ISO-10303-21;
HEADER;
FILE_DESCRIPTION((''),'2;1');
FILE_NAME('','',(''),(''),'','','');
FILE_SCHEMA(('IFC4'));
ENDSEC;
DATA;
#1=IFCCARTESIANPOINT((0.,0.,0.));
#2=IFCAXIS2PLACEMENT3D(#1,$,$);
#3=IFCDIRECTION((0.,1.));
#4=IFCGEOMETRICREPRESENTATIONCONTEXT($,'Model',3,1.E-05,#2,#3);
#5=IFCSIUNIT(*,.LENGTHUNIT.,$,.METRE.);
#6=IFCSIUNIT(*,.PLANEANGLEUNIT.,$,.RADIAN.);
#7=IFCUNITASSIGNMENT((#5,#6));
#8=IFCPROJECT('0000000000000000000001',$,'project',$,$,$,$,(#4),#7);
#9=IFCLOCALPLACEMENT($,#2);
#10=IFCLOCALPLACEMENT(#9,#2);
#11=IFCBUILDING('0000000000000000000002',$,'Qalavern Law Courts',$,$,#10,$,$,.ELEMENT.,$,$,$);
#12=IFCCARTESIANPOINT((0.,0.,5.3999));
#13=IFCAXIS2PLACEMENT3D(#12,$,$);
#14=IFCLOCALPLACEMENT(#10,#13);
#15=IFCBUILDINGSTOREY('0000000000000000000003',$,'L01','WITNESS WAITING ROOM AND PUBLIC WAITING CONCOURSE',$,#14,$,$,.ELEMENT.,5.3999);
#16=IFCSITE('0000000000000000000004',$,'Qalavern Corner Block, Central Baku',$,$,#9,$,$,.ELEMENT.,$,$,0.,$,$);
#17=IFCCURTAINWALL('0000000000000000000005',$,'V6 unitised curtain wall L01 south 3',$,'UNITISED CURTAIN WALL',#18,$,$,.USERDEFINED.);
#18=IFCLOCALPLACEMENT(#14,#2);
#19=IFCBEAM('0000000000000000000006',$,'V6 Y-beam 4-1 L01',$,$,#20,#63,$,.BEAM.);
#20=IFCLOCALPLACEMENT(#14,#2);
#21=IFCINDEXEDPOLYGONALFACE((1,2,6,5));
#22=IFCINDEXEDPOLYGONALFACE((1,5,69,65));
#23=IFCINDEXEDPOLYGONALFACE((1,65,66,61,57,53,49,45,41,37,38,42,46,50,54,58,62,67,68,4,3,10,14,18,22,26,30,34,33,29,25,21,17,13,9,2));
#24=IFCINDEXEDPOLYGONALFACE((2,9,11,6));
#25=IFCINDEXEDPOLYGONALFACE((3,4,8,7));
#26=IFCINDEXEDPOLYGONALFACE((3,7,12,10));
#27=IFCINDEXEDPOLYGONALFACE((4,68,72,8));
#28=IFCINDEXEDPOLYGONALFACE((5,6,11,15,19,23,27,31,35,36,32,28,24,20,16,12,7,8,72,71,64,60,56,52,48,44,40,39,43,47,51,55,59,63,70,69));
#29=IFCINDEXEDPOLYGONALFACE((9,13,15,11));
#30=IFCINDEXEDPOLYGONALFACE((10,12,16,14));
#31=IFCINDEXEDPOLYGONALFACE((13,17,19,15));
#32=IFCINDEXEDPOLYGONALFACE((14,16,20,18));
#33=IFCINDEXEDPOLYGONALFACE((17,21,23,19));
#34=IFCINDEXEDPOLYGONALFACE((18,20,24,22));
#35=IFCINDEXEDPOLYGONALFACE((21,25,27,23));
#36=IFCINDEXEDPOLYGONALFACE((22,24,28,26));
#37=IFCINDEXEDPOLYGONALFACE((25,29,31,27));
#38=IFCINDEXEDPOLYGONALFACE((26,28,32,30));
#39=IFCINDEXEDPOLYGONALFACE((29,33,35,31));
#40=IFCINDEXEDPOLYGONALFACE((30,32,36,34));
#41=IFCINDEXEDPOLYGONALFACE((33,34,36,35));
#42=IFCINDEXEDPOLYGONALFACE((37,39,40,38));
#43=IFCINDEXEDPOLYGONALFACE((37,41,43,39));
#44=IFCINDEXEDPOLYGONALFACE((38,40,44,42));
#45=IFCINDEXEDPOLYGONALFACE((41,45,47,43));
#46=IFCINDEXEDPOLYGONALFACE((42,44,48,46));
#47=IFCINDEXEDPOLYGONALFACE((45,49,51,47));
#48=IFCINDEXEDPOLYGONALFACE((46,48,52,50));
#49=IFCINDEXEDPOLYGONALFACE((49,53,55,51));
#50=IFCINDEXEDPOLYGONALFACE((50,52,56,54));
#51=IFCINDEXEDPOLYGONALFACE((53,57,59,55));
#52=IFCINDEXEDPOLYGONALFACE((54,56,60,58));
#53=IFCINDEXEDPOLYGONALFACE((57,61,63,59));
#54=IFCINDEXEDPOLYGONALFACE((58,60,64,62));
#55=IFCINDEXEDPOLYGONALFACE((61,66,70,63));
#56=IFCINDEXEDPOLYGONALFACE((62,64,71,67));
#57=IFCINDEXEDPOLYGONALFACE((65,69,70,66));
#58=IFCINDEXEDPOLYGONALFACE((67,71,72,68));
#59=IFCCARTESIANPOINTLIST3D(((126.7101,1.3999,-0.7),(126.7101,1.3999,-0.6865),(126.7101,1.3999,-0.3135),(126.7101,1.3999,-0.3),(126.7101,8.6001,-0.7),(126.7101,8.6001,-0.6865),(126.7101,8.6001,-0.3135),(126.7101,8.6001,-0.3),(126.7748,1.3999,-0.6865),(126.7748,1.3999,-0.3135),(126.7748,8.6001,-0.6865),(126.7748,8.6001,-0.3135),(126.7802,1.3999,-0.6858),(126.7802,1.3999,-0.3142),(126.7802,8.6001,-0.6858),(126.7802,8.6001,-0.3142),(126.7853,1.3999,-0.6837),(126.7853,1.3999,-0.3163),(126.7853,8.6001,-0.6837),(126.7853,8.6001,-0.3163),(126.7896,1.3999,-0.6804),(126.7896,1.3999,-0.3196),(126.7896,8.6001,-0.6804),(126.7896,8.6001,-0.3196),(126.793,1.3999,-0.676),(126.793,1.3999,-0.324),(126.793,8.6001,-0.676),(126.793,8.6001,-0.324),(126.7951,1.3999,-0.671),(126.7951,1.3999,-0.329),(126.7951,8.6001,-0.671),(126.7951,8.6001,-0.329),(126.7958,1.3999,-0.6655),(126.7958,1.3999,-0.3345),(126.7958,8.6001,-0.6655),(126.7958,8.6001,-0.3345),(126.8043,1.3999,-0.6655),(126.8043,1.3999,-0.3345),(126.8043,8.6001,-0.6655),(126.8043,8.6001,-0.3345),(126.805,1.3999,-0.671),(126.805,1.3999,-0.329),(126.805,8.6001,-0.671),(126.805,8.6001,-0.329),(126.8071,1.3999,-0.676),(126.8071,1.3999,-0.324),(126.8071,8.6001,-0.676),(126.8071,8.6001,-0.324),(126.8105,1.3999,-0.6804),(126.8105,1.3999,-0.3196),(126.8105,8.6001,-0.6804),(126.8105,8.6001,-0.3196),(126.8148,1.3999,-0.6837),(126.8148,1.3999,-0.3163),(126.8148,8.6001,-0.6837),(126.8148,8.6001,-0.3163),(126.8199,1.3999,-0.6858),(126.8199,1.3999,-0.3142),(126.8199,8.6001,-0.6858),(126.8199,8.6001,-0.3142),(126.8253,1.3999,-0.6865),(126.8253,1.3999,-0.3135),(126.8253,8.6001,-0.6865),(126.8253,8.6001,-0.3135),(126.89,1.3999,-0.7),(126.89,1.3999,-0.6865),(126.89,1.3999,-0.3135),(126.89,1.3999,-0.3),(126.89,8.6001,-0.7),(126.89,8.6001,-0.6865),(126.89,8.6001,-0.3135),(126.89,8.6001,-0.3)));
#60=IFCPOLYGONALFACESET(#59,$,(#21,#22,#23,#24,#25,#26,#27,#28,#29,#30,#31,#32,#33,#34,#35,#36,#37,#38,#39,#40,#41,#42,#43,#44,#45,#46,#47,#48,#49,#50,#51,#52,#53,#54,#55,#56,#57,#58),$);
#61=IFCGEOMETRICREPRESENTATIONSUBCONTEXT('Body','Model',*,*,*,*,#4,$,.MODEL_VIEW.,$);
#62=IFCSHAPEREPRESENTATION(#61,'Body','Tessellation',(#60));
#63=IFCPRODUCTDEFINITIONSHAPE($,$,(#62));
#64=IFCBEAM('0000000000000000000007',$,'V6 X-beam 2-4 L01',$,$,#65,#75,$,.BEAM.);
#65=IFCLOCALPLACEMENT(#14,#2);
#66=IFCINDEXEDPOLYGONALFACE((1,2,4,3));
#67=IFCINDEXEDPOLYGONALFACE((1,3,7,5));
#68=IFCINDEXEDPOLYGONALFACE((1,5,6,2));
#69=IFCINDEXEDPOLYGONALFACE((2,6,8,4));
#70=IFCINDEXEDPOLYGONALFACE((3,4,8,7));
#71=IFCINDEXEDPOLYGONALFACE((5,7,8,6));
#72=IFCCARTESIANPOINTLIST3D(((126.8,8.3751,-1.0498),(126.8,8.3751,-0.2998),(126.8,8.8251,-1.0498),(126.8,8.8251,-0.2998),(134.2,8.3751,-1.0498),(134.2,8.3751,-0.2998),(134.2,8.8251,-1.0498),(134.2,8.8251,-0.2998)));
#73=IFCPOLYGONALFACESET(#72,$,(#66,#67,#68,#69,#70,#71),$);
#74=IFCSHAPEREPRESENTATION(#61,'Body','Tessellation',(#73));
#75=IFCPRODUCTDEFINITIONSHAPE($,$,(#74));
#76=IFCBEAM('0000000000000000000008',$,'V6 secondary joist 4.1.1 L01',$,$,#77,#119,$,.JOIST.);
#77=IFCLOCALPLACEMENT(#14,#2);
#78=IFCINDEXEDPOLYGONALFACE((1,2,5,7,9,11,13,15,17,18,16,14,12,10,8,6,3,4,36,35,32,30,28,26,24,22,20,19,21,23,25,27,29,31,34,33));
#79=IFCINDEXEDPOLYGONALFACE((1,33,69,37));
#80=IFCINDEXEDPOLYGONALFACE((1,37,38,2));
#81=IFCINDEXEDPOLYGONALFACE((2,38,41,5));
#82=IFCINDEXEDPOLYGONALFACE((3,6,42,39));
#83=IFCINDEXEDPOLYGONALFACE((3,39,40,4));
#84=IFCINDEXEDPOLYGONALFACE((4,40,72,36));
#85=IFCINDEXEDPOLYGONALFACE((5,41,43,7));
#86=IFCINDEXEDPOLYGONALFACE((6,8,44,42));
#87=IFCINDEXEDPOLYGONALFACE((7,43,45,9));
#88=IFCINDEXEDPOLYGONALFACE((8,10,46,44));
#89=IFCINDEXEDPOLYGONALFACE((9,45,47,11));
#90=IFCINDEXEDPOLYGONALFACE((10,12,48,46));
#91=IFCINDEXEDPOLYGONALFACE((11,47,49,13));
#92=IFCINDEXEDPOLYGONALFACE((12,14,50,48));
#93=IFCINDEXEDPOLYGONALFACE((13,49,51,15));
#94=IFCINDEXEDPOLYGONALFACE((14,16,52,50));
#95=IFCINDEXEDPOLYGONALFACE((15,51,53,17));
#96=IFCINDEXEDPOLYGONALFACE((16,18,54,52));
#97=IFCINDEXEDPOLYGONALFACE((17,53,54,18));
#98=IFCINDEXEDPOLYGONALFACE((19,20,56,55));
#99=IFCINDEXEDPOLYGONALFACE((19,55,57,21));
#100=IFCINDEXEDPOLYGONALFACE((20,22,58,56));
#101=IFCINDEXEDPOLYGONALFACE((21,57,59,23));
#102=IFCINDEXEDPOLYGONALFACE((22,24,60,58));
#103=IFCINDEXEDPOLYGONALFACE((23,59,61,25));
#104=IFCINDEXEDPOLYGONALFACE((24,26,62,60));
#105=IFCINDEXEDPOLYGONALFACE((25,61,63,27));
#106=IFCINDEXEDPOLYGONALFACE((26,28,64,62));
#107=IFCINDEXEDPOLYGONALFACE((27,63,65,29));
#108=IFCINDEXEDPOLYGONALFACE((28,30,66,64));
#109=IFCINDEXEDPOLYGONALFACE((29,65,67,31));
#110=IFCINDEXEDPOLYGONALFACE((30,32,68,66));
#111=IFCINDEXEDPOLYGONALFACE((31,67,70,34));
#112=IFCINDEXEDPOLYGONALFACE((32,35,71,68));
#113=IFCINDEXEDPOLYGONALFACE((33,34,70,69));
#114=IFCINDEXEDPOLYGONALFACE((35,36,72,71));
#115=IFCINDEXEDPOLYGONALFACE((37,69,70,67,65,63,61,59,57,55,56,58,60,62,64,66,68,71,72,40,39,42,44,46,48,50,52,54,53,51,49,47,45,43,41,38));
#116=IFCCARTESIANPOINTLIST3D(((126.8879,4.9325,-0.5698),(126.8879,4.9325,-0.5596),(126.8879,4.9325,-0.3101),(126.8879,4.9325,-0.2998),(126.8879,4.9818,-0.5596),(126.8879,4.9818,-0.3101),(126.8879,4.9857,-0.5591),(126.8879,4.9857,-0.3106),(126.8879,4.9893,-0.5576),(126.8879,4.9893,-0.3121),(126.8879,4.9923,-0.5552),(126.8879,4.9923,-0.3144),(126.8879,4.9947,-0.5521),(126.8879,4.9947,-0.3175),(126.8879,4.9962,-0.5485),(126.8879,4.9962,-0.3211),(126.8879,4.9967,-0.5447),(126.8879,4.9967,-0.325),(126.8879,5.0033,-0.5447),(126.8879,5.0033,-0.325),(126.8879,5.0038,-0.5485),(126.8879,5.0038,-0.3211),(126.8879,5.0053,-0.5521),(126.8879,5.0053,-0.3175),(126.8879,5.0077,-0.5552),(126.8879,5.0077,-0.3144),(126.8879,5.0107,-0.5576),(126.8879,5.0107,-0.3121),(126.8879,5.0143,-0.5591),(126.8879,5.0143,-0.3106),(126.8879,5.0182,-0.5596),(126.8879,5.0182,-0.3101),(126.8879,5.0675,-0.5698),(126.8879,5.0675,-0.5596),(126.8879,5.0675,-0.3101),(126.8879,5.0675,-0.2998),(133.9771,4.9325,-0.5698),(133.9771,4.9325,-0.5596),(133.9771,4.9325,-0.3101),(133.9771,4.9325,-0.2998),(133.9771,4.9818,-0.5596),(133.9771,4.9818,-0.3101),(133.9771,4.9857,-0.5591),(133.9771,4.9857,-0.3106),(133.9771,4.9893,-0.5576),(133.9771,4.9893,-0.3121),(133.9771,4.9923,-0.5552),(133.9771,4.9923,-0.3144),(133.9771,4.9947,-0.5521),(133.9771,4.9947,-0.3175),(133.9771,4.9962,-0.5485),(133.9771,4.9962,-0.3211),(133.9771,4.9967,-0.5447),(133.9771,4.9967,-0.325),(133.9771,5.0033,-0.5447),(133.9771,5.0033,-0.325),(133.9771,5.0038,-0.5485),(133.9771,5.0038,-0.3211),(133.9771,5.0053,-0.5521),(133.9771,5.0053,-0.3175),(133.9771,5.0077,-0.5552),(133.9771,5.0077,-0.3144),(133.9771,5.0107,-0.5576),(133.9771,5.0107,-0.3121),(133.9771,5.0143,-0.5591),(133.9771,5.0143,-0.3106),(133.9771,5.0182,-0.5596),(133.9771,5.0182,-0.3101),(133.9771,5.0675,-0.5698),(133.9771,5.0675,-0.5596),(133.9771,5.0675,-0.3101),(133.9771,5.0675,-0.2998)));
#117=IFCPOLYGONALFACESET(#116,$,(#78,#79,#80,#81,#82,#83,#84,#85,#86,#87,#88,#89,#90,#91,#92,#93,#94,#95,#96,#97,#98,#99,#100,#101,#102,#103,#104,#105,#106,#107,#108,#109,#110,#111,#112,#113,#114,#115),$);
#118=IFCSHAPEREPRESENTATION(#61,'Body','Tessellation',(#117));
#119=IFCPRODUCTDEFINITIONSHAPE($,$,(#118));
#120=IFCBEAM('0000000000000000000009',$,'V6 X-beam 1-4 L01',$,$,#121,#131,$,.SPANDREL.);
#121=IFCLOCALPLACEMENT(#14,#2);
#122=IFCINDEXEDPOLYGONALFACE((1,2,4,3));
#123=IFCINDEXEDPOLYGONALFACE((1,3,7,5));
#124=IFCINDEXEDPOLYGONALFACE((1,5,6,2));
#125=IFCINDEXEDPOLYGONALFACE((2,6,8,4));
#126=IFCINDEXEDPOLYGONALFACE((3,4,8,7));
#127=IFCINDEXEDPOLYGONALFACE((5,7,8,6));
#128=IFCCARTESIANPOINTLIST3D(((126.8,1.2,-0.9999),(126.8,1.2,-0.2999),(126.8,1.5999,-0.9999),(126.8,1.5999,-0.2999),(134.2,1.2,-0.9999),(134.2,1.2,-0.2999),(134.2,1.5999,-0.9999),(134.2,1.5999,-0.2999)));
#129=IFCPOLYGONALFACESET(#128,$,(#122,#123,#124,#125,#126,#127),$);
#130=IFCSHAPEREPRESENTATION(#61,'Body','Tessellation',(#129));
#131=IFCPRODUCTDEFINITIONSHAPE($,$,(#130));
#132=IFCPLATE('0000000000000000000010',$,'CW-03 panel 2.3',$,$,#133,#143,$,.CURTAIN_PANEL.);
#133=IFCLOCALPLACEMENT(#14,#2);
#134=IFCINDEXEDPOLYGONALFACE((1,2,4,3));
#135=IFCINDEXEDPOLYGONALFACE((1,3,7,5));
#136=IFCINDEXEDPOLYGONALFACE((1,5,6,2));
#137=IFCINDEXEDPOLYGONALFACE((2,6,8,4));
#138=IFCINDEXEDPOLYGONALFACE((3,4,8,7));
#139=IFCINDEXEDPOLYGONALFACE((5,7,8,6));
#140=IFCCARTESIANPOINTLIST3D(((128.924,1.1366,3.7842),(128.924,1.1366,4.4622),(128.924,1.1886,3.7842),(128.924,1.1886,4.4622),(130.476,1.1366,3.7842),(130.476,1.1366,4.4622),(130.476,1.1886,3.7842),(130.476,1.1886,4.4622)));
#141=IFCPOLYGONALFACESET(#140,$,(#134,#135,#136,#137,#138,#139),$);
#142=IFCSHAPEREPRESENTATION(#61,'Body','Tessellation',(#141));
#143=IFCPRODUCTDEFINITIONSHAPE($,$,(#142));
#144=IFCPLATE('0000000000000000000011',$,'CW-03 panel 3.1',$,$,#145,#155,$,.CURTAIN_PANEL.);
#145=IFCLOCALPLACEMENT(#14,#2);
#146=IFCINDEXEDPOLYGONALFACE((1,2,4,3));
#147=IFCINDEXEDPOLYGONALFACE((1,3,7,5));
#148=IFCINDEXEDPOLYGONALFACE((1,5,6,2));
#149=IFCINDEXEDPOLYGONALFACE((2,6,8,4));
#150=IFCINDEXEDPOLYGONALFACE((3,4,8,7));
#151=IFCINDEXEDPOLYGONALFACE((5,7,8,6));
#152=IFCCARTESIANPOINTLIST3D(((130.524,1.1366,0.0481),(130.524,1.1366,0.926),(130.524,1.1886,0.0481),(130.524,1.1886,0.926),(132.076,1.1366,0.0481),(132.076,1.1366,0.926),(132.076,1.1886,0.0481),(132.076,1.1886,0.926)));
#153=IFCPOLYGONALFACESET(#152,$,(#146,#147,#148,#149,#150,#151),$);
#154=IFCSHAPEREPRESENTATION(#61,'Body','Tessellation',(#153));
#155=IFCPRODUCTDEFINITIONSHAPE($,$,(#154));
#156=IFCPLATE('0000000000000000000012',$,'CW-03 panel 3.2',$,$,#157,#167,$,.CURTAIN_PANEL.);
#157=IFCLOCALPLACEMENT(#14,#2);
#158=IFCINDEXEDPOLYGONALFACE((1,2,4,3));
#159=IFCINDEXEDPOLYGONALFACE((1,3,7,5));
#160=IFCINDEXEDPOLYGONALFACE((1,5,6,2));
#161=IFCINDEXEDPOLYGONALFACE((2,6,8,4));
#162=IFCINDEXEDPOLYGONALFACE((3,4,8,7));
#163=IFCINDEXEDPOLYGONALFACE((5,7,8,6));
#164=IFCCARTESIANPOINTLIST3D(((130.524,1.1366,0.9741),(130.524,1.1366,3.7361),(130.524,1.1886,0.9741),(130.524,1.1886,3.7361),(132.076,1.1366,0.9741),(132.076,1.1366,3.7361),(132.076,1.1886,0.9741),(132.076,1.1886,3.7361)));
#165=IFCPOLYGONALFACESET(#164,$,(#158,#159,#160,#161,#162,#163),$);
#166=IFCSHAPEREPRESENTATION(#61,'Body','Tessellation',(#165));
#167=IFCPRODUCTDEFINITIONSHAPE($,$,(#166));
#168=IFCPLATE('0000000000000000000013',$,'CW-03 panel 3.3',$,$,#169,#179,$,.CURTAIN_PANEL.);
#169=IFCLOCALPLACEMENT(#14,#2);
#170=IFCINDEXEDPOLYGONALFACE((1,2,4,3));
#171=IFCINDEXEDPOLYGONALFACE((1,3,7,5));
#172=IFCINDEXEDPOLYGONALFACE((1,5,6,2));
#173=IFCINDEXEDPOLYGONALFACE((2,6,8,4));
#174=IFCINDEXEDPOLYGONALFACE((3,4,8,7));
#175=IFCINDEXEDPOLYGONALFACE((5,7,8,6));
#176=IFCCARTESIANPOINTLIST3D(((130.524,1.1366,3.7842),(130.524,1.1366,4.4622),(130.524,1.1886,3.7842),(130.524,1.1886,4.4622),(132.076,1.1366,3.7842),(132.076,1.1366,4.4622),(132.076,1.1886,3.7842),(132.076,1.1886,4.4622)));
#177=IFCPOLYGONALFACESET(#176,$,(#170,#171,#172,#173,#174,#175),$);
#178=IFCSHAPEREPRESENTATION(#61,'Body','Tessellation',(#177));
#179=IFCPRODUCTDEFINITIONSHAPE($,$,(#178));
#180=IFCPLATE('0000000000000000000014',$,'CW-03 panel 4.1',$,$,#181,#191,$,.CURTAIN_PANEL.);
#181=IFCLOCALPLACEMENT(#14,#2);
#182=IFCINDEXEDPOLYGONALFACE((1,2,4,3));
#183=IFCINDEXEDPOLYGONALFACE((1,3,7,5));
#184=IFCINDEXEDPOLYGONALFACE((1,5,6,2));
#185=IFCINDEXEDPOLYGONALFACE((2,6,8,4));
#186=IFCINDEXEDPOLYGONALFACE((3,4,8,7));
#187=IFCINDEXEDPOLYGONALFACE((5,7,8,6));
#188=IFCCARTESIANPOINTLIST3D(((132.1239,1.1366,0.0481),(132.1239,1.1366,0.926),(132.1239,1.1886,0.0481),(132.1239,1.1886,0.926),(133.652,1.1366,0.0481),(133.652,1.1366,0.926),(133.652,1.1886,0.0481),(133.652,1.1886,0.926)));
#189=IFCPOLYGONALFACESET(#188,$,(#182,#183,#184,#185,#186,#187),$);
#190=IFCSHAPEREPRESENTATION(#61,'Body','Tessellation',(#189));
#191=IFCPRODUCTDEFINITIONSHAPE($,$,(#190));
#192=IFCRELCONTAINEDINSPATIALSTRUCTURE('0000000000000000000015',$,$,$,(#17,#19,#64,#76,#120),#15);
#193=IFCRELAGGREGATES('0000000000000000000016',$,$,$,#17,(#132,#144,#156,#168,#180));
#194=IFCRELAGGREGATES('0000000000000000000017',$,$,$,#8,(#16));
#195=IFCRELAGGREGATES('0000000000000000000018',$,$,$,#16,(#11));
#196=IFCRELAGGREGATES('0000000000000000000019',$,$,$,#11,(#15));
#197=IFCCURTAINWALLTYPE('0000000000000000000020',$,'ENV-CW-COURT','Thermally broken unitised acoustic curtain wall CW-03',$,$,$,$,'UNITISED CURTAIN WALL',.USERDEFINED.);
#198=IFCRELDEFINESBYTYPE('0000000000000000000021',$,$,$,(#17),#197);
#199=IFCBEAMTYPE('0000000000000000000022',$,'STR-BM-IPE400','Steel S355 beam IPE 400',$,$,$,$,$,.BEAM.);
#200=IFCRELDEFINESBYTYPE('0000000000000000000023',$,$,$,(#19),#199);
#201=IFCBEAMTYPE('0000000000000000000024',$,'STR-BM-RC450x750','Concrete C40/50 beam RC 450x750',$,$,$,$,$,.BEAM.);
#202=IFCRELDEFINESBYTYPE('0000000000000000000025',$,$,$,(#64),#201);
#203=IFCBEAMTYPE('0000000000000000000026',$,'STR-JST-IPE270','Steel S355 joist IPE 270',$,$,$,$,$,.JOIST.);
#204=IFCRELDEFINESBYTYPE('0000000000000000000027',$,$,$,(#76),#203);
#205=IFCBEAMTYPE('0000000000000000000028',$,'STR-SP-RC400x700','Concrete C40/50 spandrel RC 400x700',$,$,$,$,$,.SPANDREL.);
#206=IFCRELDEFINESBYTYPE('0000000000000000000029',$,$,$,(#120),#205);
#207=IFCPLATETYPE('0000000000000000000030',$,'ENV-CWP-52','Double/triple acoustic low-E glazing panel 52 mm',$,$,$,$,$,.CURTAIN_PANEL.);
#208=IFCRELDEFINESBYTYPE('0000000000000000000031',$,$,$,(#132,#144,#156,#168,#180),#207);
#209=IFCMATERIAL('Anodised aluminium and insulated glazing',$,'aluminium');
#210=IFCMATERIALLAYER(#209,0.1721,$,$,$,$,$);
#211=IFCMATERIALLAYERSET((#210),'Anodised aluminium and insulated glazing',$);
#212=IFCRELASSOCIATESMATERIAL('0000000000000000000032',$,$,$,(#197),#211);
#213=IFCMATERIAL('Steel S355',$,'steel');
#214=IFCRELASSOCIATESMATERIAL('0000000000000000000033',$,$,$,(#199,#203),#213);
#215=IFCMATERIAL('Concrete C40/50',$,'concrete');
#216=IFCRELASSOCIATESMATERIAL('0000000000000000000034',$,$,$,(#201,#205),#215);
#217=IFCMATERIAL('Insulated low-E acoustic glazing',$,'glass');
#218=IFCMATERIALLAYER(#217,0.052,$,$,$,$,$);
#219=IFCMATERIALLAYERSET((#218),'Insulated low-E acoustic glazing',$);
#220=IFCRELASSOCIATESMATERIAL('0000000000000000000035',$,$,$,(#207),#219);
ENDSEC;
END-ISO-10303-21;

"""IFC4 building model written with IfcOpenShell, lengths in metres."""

from ifc_helpers import new_model, si_unit, direction, frame, origin, origin_2d, place, context, subcontext, project, spatial, rectangle, i_section, extrude, material, layer, layer_set, material_profile, profile_set, type_object, element, aggregate, save


model = new_model("IFC4")

# Units and contexts
model_context = context("Model", 3, precision=1e-05, world=origin(), true_north=direction((0.0, 1.0)))
body_context = subcontext(model_context, "Body", "Model", "MODEL_VIEW")
ifc_project = project(units=[si_unit("LENGTHUNIT", "METRE"), si_unit("PLANEANGLEUNIT", "RADIAN")], contexts=[model_context])

# Site, building, storey
site_placement = place(None, origin())
site = spatial("IfcSite", under=ifc_project, at=site_placement, Name="Qalavern Corner Block, Central Baku", CompositionType="ELEMENT", RefElevation=0.0)
building_placement = place(site_placement, origin())
building = spatial("IfcBuilding", under=site, at=building_placement, Name="Qalavern Law Courts", CompositionType="ELEMENT")
storey_placement = place(building_placement, frame((0.0, 0.0, 5.3999)))
storey = spatial("IfcBuildingStorey", under=building, at=storey_placement, Name="L01", Description="WITNESS WAITING ROOM AND PUBLIC WAITING CONCOURSE", CompositionType="ELEMENT", Elevation=5.3999)

# Curtain wall
ifc_material_1 = material(Name="Anodised aluminium and insulated glazing", Category="aluminium")
ifc_layer_1 = layer(ifc_material_1, 0.1721)
ifc_layer_set_1 = layer_set([ifc_layer_1], Name="Anodised aluminium and insulated glazing")
curtain_wall_type = type_object("IfcCurtainWallType", Name="ENV-CW-COURT", Description="Thermally broken unitised acoustic curtain wall CW-03", ElementType="UNITISED CURTAIN WALL", PredefinedType="USERDEFINED", material=ifc_layer_set_1)
curtain_wall_placement = place(storey_placement, origin())
curtain_wall = element("IfcCurtainWall", 1, at=curtain_wall_placement, inside=storey, type_object=curtain_wall_type, Name="V6 unitised curtain wall L01 south 3", ObjectType="UNITISED CURTAIN WALL", PredefinedType="USERDEFINED")

# Beams
ifc_material_2 = material(Name="Steel S355", Category="steel")
ifc_material_profile_1 = material_profile(ifc_material_2, i_section(OverallWidth=0.1799, OverallDepth=0.3999, WebThickness=0.0085, FlangeThickness=0.0134, FilletRadius=0.021, at=origin_2d()), Name="IPE 400")
ifc_profile_set_1 = profile_set([ifc_material_profile_1], Name="Steel S355")
beam_type_1 = type_object("IfcBeamType", Name="STR-BM-IPE400", Description="Steel S355 beam IPE 400", PredefinedType="BEAM", material=ifc_profile_set_1)
beam_1_placement = place(storey_placement, frame((126.8, 1.3999, -0.5), z_axis=(0.0, 1.0, 0.0), x_axis=(-1.0, 0.0, 0.0)))
element("IfcBeam", 2, at=beam_1_placement, inside=storey, type_object=beam_type_1, Name="V6 Y-beam 4-1 L01", PredefinedType="BEAM", context=body_context, shape_type="SweptSolid", body=[
    extrude(i_section(OverallWidth=0.1799, OverallDepth=0.3999, WebThickness=0.0085, FlangeThickness=0.0134, FilletRadius=0.021, at=origin_2d()), origin(), (0.0, 0.0, 1.0), 7.2002),
])
ifc_material_3 = material(Name="Concrete C40/50", Category="concrete")
ifc_material_profile_2 = material_profile(ifc_material_3, rectangle(XDim=0.45, YDim=0.75, at=origin_2d()), Name="RC 450x750")
ifc_profile_set_2 = profile_set([ifc_material_profile_2], Name="Concrete C40/50")
beam_type_2 = type_object("IfcBeamType", Name="STR-BM-RC450x750", Description="Concrete C40/50 beam RC 450x750", PredefinedType="BEAM", material=ifc_profile_set_2)
beam_2_placement = place(storey_placement, frame((126.8, 8.6001, -0.6748), z_axis=(1.0, 0.0, 0.0), x_axis=(0.0, 1.0, 0.0)))
element("IfcBeam", 3, at=beam_2_placement, inside=storey, type_object=beam_type_2, Name="V6 X-beam 2-4 L01", PredefinedType="BEAM", context=body_context, shape_type="SweptSolid", body=[
    extrude(rectangle(XDim=0.45, YDim=0.75, at=origin_2d()), origin(), (0.0, 0.0, 1.0), 7.3999),
])
ifc_material_profile_3 = material_profile(ifc_material_2, i_section(OverallWidth=0.135, OverallDepth=0.27, WebThickness=0.0066, FlangeThickness=0.0103, FilletRadius=0.0149, at=origin_2d()), Name="IPE 270")
ifc_profile_set_3 = profile_set([ifc_material_profile_3], Name="Steel S355")
beam_type_3 = type_object("IfcBeamType", Name="STR-JST-IPE270", Description="Steel S355 joist IPE 270", PredefinedType="JOIST", material=ifc_profile_set_3)
beam_3_placement = place(storey_placement, frame((126.8879, 5.0, -0.4348), z_axis=(1.0, 0.0, 0.0), x_axis=(0.0, 1.0, 0.0)))
element("IfcBeam", 4, at=beam_3_placement, inside=storey, type_object=beam_type_3, Name="V6 secondary joist 4.1.1 L01", PredefinedType="JOIST", context=body_context, shape_type="SweptSolid", body=[
    extrude(i_section(OverallWidth=0.135, OverallDepth=0.27, WebThickness=0.0066, FlangeThickness=0.0103, FilletRadius=0.0149, at=origin_2d()), origin(), (0.0, 0.0, 1.0), 7.0891),
])
ifc_material_profile_4 = material_profile(ifc_material_3, rectangle(XDim=0.3999, YDim=0.7, at=origin_2d()), Name="RC 400x700")
ifc_profile_set_4 = profile_set([ifc_material_profile_4], Name="Concrete C40/50")
beam_type_4 = type_object("IfcBeamType", Name="STR-SP-RC400x700", Description="Concrete C40/50 spandrel RC 400x700", PredefinedType="SPANDREL", material=ifc_profile_set_4)
beam_4_placement = place(storey_placement, frame((126.8, 1.3999, -0.6499), z_axis=(1.0, 0.0, 0.0), x_axis=(0.0, 1.0, 0.0)))
element("IfcBeam", 5, at=beam_4_placement, inside=storey, type_object=beam_type_4, Name="V6 X-beam 1-4 L01", PredefinedType="SPANDREL", context=body_context, shape_type="SweptSolid", body=[
    extrude(rectangle(XDim=0.3999, YDim=0.7, at=origin_2d()), origin(), (0.0, 0.0, 1.0), 7.3999),
])

# Plates
ifc_material_4 = material(Name="Insulated low-E acoustic glazing", Category="glass")
ifc_layer_2 = layer(ifc_material_4, 0.052)
ifc_layer_set_2 = layer_set([ifc_layer_2], Name="Insulated low-E acoustic glazing")
plate_type = type_object("IfcPlateType", Name="ENV-CWP-52", Description="Double/triple acoustic low-E glazing panel 52 mm", PredefinedType="CURTAIN_PANEL", material=ifc_layer_set_2)
plate_1_placement = place(storey_placement, frame((129.7, 1.1626, 3.7842), z_axis=(0.0, 0.0, 1.0), x_axis=(1.0, 0.0, 0.0)))
plate_1 = element("IfcPlate", 6, at=plate_1_placement, type_object=plate_type, Name="CW-03 panel 2.3", PredefinedType="CURTAIN_PANEL", context=body_context, shape_type="SweptSolid", body=[
    extrude(rectangle(XDim=1.552, YDim=0.052, at=origin_2d()), origin(), (0.0, 0.0, 1.0), 0.678),
])
plate_2_placement = place(storey_placement, frame((131.3, 1.1626, 0.0481), z_axis=(0.0, 0.0, 1.0), x_axis=(1.0, 0.0, 0.0)))
plate_2 = element("IfcPlate", 7, at=plate_2_placement, type_object=plate_type, Name="CW-03 panel 3.1", PredefinedType="CURTAIN_PANEL", context=body_context, shape_type="SweptSolid", body=[
    extrude(rectangle(XDim=1.552, YDim=0.052, at=origin_2d()), origin(), (0.0, 0.0, 1.0), 0.8779),
])
plate_3_placement = place(storey_placement, frame((131.3, 1.1626, 0.9741), z_axis=(0.0, 0.0, 1.0), x_axis=(1.0, 0.0, 0.0)))
plate_3 = element("IfcPlate", 8, at=plate_3_placement, type_object=plate_type, Name="CW-03 panel 3.2", PredefinedType="CURTAIN_PANEL", context=body_context, shape_type="SweptSolid", body=[
    extrude(rectangle(XDim=1.552, YDim=0.052, at=origin_2d()), origin(), (0.0, 0.0, 1.0), 2.762),
])
plate_4_placement = place(storey_placement, frame((131.3, 1.1626, 3.7842), z_axis=(0.0, 0.0, 1.0), x_axis=(1.0, 0.0, 0.0)))
plate_4 = element("IfcPlate", 9, at=plate_4_placement, type_object=plate_type, Name="CW-03 panel 3.3", PredefinedType="CURTAIN_PANEL", context=body_context, shape_type="SweptSolid", body=[
    extrude(rectangle(XDim=1.552, YDim=0.052, at=origin_2d()), origin(), (0.0, 0.0, 1.0), 0.678),
])
plate_5_placement = place(storey_placement, frame((132.8879, 1.1626, 0.0481), z_axis=(0.0, 0.0, 1.0), x_axis=(1.0, 0.0, 0.0)))
plate_5 = element("IfcPlate", 10, at=plate_5_placement, type_object=plate_type, Name="CW-03 panel 4.1", PredefinedType="CURTAIN_PANEL", context=body_context, shape_type="SweptSolid", body=[
    extrude(rectangle(XDim=1.5281, YDim=0.052, at=origin_2d()), origin(), (0.0, 0.0, 1.0), 0.8779),
])
aggregate(curtain_wall, [plate_1, plate_2, plate_3, plate_4, plate_5])

save(model, "model.ifc")
